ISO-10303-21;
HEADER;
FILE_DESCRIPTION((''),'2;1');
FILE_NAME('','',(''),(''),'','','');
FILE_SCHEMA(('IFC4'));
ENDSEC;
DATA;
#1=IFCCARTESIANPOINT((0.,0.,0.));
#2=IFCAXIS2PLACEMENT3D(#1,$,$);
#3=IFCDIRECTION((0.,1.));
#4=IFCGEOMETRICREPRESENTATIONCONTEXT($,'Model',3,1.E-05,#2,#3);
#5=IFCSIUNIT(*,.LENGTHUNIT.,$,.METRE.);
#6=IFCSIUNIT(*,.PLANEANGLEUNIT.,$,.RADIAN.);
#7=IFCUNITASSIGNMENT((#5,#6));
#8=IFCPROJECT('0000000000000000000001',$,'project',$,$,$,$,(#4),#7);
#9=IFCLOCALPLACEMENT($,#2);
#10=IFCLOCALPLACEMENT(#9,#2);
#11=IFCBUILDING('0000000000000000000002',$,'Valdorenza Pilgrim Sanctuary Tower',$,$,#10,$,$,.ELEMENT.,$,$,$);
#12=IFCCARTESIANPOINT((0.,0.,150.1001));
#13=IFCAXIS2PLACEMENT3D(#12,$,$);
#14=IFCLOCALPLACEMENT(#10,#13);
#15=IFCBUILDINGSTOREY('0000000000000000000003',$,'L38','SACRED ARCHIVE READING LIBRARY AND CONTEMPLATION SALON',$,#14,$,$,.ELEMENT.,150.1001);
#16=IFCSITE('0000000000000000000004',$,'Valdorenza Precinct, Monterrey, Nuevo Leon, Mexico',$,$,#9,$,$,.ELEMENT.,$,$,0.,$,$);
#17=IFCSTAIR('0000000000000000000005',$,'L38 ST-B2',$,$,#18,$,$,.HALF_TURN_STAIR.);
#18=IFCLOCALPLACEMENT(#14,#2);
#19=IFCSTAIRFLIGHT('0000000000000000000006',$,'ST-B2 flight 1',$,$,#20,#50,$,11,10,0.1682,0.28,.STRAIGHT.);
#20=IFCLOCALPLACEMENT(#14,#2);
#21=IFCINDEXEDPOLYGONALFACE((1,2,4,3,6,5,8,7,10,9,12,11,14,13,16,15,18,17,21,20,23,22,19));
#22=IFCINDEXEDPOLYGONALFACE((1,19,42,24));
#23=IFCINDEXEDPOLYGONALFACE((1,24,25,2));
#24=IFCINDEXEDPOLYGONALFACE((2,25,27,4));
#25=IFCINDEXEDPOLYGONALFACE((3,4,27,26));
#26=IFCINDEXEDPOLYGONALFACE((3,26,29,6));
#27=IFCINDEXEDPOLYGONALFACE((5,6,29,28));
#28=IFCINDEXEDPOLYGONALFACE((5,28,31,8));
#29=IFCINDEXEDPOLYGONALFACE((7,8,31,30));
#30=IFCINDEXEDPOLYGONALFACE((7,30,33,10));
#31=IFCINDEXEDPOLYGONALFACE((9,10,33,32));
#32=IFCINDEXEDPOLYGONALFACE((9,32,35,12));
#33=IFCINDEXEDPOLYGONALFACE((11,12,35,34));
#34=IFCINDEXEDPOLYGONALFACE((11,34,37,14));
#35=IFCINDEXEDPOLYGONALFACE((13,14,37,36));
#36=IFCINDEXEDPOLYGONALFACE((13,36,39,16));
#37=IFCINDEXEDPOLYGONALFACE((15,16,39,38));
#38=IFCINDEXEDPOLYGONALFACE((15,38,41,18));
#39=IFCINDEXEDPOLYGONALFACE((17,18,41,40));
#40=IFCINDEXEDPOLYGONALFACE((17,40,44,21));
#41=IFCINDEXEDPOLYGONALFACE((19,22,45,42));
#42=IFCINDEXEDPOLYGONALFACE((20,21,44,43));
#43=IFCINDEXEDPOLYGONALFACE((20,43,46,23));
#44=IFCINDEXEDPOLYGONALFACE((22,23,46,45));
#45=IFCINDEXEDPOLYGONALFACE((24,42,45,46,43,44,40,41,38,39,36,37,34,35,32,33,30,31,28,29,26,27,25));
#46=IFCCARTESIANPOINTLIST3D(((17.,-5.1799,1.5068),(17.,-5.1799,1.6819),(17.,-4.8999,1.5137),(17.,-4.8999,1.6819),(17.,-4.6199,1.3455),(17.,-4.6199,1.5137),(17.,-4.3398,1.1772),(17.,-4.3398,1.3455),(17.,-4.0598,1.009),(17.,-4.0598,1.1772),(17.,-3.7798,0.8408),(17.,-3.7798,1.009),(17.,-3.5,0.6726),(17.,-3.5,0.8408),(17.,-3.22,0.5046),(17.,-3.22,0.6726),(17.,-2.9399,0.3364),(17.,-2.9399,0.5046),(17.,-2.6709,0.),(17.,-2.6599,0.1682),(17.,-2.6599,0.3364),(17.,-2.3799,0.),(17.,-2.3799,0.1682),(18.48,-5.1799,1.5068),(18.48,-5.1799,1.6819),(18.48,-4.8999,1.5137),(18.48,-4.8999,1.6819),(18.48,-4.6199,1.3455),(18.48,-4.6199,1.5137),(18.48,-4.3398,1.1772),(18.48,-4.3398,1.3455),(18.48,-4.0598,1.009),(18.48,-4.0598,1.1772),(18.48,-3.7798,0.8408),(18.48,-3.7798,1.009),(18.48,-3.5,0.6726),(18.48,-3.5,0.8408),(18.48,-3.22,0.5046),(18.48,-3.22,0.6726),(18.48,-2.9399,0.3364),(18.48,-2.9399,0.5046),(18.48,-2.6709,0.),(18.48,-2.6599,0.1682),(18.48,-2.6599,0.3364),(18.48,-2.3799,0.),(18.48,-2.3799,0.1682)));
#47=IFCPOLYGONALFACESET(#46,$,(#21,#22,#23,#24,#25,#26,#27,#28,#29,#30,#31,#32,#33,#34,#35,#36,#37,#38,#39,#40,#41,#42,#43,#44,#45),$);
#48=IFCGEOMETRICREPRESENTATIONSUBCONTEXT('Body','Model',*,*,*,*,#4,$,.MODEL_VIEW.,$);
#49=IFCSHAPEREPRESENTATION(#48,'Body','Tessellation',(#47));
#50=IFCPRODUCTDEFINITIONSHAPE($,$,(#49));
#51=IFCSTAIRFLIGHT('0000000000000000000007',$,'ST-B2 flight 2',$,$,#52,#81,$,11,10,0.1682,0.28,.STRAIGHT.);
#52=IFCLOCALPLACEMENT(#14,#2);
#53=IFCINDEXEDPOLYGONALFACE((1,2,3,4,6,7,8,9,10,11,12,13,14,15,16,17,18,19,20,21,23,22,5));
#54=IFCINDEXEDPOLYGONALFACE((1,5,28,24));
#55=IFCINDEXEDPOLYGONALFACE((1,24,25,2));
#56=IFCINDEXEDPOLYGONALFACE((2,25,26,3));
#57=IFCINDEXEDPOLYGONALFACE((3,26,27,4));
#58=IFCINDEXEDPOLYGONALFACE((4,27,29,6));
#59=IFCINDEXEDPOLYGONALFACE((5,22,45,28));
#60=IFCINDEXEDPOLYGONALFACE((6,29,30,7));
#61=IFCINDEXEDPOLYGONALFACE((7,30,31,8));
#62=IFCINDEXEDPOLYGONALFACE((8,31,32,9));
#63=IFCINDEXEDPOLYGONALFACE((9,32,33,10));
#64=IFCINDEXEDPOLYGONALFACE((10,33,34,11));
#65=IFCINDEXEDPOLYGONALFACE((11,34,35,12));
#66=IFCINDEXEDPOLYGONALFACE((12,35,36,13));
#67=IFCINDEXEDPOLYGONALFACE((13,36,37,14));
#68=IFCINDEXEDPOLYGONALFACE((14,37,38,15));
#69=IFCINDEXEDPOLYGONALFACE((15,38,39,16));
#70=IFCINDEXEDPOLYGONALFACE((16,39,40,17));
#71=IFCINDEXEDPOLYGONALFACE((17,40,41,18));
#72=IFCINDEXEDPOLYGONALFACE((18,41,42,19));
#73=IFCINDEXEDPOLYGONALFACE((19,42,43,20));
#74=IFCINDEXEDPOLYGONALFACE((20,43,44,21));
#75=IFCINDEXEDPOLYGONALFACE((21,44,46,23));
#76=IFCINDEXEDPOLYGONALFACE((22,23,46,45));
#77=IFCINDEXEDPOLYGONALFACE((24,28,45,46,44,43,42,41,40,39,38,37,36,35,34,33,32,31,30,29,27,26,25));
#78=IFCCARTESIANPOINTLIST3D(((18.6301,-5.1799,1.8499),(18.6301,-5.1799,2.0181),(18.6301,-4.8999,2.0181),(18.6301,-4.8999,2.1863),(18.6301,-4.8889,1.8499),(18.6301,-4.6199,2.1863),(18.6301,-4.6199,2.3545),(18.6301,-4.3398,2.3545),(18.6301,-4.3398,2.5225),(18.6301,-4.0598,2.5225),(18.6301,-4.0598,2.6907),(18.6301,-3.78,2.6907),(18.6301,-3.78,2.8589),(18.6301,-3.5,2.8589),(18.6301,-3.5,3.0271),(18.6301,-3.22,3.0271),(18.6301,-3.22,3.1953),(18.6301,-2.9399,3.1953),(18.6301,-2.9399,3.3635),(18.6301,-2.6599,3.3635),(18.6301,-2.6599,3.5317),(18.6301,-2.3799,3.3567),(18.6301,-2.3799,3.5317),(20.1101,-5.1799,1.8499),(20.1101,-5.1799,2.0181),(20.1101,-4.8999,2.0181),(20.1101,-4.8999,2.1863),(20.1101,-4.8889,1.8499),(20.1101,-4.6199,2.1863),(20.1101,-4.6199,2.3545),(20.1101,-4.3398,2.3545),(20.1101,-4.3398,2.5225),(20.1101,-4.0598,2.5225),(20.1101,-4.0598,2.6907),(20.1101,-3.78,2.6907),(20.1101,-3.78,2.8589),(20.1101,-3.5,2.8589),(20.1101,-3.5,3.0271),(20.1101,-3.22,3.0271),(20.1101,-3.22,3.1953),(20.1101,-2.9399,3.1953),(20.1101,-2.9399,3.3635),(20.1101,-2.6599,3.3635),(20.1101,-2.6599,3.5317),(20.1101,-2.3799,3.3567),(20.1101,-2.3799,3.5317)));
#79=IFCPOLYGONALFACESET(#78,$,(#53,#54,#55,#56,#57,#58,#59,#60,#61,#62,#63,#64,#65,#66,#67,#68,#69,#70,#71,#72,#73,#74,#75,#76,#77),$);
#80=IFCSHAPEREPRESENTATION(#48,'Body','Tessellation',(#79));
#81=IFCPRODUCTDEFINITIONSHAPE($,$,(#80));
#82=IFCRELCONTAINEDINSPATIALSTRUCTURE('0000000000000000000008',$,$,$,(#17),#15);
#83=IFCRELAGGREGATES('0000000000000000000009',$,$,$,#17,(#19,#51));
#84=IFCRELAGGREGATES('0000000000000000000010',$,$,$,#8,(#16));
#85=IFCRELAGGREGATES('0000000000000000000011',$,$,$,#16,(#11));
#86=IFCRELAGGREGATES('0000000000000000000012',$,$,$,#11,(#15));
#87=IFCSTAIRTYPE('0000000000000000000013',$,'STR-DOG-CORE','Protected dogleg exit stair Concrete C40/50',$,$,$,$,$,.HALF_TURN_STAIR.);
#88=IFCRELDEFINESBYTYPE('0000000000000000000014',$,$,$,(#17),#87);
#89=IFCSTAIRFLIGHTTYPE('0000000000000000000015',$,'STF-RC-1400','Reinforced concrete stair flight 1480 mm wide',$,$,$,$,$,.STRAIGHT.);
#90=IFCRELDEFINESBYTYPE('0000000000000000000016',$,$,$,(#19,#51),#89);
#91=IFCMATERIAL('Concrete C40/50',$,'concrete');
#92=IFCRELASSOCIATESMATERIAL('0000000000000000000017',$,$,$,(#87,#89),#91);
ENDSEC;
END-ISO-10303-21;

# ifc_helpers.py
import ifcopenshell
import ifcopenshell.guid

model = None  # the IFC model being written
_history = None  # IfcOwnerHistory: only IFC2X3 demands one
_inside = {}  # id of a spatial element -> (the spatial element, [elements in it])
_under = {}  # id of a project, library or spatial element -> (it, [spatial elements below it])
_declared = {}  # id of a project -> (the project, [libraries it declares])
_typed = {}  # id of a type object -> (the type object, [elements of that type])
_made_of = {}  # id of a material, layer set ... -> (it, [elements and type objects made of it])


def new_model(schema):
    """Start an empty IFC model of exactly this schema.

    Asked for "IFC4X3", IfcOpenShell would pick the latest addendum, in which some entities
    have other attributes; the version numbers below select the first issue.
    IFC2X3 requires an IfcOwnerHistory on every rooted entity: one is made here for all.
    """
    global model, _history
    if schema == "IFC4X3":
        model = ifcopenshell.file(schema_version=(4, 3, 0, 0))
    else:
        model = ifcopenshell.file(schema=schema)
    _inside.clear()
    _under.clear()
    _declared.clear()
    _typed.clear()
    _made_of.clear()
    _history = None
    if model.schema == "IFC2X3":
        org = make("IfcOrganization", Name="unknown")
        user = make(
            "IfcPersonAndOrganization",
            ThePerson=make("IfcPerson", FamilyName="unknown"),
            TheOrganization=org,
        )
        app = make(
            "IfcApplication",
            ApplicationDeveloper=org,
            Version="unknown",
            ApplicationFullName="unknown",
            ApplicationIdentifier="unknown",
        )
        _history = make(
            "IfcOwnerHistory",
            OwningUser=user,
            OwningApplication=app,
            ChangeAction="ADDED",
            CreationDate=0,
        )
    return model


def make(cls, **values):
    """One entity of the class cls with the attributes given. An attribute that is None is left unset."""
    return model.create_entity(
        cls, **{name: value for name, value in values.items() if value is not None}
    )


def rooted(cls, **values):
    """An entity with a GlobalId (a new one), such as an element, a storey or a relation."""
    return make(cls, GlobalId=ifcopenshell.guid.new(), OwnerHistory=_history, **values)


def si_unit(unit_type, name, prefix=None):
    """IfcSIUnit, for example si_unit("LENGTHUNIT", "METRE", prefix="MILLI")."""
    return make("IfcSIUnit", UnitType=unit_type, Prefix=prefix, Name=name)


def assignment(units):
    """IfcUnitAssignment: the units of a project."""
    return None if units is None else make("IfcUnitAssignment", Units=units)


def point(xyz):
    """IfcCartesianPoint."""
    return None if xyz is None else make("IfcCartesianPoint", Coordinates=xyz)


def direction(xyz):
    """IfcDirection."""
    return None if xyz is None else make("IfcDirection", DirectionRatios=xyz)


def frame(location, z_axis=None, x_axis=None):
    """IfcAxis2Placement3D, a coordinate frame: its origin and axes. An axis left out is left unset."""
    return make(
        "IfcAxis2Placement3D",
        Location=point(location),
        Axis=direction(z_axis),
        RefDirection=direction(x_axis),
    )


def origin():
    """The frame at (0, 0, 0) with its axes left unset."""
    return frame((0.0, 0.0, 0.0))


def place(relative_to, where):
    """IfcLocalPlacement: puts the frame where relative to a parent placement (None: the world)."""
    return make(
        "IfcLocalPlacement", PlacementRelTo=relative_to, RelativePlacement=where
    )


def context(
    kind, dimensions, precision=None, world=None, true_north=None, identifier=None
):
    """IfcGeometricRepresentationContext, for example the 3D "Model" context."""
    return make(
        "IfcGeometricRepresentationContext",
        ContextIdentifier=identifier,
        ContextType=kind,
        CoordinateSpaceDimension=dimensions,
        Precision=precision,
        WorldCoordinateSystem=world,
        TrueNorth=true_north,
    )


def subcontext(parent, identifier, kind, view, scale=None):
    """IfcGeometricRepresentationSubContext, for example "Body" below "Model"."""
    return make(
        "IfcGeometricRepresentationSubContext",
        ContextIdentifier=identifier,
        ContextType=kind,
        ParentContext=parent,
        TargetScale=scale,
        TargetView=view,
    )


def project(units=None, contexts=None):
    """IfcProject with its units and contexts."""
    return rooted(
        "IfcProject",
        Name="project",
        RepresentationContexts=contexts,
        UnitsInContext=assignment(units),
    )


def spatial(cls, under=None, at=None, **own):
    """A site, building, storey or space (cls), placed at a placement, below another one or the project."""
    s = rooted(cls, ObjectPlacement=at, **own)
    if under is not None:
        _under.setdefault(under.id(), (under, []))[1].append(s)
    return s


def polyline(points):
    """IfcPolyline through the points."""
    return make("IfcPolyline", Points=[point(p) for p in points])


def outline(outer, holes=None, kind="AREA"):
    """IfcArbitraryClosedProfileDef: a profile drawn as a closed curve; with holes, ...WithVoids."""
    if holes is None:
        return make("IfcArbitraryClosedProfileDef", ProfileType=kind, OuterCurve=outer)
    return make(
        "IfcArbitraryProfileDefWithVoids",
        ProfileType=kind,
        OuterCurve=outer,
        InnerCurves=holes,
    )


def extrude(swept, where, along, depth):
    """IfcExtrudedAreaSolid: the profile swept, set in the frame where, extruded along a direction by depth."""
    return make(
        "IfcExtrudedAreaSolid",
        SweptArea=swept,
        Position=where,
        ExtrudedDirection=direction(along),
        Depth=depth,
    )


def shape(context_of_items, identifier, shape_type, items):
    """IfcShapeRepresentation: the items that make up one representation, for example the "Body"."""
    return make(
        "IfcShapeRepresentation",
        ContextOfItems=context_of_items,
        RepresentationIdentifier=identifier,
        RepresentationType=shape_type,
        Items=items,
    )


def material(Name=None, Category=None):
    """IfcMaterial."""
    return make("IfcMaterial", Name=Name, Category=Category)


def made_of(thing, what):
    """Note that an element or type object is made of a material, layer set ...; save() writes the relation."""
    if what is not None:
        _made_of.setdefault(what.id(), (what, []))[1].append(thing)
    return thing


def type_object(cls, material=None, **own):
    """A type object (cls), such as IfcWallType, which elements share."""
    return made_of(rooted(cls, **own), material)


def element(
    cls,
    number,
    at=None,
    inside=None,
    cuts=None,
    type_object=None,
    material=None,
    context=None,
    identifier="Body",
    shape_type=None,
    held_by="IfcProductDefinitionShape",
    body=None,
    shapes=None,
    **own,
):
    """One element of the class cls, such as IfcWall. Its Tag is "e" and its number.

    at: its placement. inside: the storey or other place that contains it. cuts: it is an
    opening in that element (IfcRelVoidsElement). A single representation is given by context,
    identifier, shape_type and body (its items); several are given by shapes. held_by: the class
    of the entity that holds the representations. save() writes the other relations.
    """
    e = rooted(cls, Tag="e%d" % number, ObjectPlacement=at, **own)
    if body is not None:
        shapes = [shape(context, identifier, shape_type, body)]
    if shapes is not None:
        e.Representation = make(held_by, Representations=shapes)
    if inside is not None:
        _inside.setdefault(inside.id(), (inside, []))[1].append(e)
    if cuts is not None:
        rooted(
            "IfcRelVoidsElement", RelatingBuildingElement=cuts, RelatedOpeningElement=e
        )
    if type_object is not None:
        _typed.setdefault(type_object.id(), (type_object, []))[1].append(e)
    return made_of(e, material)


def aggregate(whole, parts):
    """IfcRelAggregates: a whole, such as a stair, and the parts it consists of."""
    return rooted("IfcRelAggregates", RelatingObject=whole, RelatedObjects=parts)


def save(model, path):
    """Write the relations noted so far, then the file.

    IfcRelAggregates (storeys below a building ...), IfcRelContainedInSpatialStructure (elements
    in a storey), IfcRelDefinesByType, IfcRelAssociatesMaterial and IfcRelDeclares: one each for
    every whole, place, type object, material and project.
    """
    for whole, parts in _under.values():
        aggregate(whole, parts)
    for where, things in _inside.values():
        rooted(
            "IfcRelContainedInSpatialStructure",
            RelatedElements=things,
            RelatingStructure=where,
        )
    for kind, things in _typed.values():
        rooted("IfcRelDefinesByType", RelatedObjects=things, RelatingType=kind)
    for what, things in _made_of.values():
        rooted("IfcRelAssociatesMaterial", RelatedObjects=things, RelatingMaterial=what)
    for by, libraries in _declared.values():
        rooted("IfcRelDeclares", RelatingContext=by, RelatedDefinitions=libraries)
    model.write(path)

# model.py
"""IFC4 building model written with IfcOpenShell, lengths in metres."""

from ifc_helpers import new_model, si_unit, direction, frame, origin, place, context, subcontext, project, spatial, polyline, outline, extrude, material, type_object, element, aggregate, save


model = new_model("IFC4")

# Units and contexts
model_context = context("Model", 3, precision=1e-05, world=origin(), true_north=direction((0.0, 1.0)))
body_context = subcontext(model_context, "Body", "Model", "MODEL_VIEW")
ifc_project = project(units=[si_unit("LENGTHUNIT", "METRE"), si_unit("PLANEANGLEUNIT", "RADIAN")], contexts=[model_context])

# Site, building, storey
site_placement = place(None, origin())
site = spatial("IfcSite", under=ifc_project, at=site_placement, Name="Valdorenza Precinct, Monterrey, Nuevo Leon, Mexico", CompositionType="ELEMENT", RefElevation=0.0)
building_placement = place(site_placement, origin())
building = spatial("IfcBuilding", under=site, at=building_placement, Name="Valdorenza Pilgrim Sanctuary Tower", CompositionType="ELEMENT")
storey_placement = place(building_placement, frame((0.0, 0.0, 150.1001)))
storey = spatial("IfcBuildingStorey", under=building, at=storey_placement, Name="L38", Description="SACRED ARCHIVE READING LIBRARY AND CONTEMPLATION SALON", CompositionType="ELEMENT", Elevation=150.1001)

# Shared definitions
ifc_material_1 = material(Name="Concrete C40/50", Category="concrete")

# Stair, stair flights
stair_type = type_object("IfcStairType", Name="STR-DOG-CORE", Description="Protected dogleg exit stair Concrete C40/50", PredefinedType="HALF_TURN_STAIR", material=ifc_material_1)
stair_placement = place(storey_placement, origin())
stair = element("IfcStair", 1, at=stair_placement, inside=storey, type_object=stair_type, Name="L38 ST-B2", PredefinedType="HALF_TURN_STAIR")
stair_flight_type = type_object("IfcStairFlightType", Name="STF-RC-1400", Description="Reinforced concrete stair flight 1480 mm wide", PredefinedType="STRAIGHT", material=ifc_material_1)
stair_flight_1_placement = place(storey_placement, frame((17.74, -2.3799, 0.0), z_axis=(0.0, 0.0, 1.0), x_axis=(0.0, -1.0, 0.0)))
stair_flight_1 = element("IfcStairFlight", 2, at=stair_flight_1_placement, type_object=stair_flight_type, Name="ST-B2 flight 1", NumberOfRisers=11, NumberOfTreads=10, PredefinedType="STRAIGHT", RiserHeight=0.1682, TreadLength=0.28, context=body_context, shape_type="SweptSolid", body=[
    extrude(outline(polyline([(0.0, 0.0), (0.0, 0.1682), (0.28, 0.1682), (0.28, 0.3364), (0.5601, 0.3364), (0.5601, 0.5046), (0.8401, 0.5046), (0.8401, 0.6726), (1.1201, 0.6726), (1.1201, 0.8408), (1.3999, 0.8408), (1.3999, 1.009), (1.6799, 1.009), (1.6799, 1.1772), (1.96, 1.1772), (1.96, 1.3455), (2.24, 1.3455), (2.24, 1.5137), (2.52, 1.5137), (2.52, 1.6819), (2.8, 1.6819), (2.8, 1.8501), (2.8, 1.5068), (0.291, 0.0), (0.0, 0.0)])), frame((0.0, 0.74, 0.0), z_axis=(0.0, -1.0, 0.0), x_axis=(1.0, 0.0, 0.0)), (0.0, 0.0, 1.0), 1.48),
])
stair_flight_2_placement = place(storey_placement, frame((19.3701, -5.1799, 1.8499), z_axis=(0.0, 0.0, 1.0), x_axis=(0.0, 1.0, 0.0)))
stair_flight_2 = element("IfcStairFlight", 3, at=stair_flight_2_placement, type_object=stair_flight_type, Name="ST-B2 flight 2", NumberOfRisers=11, NumberOfTreads=10, PredefinedType="STRAIGHT", RiserHeight=0.1682, TreadLength=0.28, context=body_context, shape_type="SweptSolid", body=[
    extrude(outline(polyline([(0.0, 0.0), (0.0, 0.1682), (0.28, 0.1682), (0.28, 0.3364), (0.5601, 0.3364), (0.5601, 0.5046), (0.8401, 0.5046), (0.8401, 0.6726), (1.1201, 0.6726), (1.1201, 0.8408), (1.3999, 0.8408), (1.3999, 1.009), (1.6799, 1.009), (1.6799, 1.1772), (1.96, 1.1772), (1.96, 1.3455), (2.24, 1.3455), (2.24, 1.5137), (2.52, 1.5137), (2.52, 1.6819), (2.8, 1.6819), (2.8, 1.8501), (2.8, 1.5068), (0.291, 0.0), (0.0, 0.0)])), frame((0.0, 0.74, 0.0), z_axis=(0.0, -1.0, 0.0), x_axis=(1.0, 0.0, 0.0)), (0.0, 0.0, 1.0), 1.48),
])
aggregate(stair, [stair_flight_1, stair_flight_2])

save(model, "model.ifc")
